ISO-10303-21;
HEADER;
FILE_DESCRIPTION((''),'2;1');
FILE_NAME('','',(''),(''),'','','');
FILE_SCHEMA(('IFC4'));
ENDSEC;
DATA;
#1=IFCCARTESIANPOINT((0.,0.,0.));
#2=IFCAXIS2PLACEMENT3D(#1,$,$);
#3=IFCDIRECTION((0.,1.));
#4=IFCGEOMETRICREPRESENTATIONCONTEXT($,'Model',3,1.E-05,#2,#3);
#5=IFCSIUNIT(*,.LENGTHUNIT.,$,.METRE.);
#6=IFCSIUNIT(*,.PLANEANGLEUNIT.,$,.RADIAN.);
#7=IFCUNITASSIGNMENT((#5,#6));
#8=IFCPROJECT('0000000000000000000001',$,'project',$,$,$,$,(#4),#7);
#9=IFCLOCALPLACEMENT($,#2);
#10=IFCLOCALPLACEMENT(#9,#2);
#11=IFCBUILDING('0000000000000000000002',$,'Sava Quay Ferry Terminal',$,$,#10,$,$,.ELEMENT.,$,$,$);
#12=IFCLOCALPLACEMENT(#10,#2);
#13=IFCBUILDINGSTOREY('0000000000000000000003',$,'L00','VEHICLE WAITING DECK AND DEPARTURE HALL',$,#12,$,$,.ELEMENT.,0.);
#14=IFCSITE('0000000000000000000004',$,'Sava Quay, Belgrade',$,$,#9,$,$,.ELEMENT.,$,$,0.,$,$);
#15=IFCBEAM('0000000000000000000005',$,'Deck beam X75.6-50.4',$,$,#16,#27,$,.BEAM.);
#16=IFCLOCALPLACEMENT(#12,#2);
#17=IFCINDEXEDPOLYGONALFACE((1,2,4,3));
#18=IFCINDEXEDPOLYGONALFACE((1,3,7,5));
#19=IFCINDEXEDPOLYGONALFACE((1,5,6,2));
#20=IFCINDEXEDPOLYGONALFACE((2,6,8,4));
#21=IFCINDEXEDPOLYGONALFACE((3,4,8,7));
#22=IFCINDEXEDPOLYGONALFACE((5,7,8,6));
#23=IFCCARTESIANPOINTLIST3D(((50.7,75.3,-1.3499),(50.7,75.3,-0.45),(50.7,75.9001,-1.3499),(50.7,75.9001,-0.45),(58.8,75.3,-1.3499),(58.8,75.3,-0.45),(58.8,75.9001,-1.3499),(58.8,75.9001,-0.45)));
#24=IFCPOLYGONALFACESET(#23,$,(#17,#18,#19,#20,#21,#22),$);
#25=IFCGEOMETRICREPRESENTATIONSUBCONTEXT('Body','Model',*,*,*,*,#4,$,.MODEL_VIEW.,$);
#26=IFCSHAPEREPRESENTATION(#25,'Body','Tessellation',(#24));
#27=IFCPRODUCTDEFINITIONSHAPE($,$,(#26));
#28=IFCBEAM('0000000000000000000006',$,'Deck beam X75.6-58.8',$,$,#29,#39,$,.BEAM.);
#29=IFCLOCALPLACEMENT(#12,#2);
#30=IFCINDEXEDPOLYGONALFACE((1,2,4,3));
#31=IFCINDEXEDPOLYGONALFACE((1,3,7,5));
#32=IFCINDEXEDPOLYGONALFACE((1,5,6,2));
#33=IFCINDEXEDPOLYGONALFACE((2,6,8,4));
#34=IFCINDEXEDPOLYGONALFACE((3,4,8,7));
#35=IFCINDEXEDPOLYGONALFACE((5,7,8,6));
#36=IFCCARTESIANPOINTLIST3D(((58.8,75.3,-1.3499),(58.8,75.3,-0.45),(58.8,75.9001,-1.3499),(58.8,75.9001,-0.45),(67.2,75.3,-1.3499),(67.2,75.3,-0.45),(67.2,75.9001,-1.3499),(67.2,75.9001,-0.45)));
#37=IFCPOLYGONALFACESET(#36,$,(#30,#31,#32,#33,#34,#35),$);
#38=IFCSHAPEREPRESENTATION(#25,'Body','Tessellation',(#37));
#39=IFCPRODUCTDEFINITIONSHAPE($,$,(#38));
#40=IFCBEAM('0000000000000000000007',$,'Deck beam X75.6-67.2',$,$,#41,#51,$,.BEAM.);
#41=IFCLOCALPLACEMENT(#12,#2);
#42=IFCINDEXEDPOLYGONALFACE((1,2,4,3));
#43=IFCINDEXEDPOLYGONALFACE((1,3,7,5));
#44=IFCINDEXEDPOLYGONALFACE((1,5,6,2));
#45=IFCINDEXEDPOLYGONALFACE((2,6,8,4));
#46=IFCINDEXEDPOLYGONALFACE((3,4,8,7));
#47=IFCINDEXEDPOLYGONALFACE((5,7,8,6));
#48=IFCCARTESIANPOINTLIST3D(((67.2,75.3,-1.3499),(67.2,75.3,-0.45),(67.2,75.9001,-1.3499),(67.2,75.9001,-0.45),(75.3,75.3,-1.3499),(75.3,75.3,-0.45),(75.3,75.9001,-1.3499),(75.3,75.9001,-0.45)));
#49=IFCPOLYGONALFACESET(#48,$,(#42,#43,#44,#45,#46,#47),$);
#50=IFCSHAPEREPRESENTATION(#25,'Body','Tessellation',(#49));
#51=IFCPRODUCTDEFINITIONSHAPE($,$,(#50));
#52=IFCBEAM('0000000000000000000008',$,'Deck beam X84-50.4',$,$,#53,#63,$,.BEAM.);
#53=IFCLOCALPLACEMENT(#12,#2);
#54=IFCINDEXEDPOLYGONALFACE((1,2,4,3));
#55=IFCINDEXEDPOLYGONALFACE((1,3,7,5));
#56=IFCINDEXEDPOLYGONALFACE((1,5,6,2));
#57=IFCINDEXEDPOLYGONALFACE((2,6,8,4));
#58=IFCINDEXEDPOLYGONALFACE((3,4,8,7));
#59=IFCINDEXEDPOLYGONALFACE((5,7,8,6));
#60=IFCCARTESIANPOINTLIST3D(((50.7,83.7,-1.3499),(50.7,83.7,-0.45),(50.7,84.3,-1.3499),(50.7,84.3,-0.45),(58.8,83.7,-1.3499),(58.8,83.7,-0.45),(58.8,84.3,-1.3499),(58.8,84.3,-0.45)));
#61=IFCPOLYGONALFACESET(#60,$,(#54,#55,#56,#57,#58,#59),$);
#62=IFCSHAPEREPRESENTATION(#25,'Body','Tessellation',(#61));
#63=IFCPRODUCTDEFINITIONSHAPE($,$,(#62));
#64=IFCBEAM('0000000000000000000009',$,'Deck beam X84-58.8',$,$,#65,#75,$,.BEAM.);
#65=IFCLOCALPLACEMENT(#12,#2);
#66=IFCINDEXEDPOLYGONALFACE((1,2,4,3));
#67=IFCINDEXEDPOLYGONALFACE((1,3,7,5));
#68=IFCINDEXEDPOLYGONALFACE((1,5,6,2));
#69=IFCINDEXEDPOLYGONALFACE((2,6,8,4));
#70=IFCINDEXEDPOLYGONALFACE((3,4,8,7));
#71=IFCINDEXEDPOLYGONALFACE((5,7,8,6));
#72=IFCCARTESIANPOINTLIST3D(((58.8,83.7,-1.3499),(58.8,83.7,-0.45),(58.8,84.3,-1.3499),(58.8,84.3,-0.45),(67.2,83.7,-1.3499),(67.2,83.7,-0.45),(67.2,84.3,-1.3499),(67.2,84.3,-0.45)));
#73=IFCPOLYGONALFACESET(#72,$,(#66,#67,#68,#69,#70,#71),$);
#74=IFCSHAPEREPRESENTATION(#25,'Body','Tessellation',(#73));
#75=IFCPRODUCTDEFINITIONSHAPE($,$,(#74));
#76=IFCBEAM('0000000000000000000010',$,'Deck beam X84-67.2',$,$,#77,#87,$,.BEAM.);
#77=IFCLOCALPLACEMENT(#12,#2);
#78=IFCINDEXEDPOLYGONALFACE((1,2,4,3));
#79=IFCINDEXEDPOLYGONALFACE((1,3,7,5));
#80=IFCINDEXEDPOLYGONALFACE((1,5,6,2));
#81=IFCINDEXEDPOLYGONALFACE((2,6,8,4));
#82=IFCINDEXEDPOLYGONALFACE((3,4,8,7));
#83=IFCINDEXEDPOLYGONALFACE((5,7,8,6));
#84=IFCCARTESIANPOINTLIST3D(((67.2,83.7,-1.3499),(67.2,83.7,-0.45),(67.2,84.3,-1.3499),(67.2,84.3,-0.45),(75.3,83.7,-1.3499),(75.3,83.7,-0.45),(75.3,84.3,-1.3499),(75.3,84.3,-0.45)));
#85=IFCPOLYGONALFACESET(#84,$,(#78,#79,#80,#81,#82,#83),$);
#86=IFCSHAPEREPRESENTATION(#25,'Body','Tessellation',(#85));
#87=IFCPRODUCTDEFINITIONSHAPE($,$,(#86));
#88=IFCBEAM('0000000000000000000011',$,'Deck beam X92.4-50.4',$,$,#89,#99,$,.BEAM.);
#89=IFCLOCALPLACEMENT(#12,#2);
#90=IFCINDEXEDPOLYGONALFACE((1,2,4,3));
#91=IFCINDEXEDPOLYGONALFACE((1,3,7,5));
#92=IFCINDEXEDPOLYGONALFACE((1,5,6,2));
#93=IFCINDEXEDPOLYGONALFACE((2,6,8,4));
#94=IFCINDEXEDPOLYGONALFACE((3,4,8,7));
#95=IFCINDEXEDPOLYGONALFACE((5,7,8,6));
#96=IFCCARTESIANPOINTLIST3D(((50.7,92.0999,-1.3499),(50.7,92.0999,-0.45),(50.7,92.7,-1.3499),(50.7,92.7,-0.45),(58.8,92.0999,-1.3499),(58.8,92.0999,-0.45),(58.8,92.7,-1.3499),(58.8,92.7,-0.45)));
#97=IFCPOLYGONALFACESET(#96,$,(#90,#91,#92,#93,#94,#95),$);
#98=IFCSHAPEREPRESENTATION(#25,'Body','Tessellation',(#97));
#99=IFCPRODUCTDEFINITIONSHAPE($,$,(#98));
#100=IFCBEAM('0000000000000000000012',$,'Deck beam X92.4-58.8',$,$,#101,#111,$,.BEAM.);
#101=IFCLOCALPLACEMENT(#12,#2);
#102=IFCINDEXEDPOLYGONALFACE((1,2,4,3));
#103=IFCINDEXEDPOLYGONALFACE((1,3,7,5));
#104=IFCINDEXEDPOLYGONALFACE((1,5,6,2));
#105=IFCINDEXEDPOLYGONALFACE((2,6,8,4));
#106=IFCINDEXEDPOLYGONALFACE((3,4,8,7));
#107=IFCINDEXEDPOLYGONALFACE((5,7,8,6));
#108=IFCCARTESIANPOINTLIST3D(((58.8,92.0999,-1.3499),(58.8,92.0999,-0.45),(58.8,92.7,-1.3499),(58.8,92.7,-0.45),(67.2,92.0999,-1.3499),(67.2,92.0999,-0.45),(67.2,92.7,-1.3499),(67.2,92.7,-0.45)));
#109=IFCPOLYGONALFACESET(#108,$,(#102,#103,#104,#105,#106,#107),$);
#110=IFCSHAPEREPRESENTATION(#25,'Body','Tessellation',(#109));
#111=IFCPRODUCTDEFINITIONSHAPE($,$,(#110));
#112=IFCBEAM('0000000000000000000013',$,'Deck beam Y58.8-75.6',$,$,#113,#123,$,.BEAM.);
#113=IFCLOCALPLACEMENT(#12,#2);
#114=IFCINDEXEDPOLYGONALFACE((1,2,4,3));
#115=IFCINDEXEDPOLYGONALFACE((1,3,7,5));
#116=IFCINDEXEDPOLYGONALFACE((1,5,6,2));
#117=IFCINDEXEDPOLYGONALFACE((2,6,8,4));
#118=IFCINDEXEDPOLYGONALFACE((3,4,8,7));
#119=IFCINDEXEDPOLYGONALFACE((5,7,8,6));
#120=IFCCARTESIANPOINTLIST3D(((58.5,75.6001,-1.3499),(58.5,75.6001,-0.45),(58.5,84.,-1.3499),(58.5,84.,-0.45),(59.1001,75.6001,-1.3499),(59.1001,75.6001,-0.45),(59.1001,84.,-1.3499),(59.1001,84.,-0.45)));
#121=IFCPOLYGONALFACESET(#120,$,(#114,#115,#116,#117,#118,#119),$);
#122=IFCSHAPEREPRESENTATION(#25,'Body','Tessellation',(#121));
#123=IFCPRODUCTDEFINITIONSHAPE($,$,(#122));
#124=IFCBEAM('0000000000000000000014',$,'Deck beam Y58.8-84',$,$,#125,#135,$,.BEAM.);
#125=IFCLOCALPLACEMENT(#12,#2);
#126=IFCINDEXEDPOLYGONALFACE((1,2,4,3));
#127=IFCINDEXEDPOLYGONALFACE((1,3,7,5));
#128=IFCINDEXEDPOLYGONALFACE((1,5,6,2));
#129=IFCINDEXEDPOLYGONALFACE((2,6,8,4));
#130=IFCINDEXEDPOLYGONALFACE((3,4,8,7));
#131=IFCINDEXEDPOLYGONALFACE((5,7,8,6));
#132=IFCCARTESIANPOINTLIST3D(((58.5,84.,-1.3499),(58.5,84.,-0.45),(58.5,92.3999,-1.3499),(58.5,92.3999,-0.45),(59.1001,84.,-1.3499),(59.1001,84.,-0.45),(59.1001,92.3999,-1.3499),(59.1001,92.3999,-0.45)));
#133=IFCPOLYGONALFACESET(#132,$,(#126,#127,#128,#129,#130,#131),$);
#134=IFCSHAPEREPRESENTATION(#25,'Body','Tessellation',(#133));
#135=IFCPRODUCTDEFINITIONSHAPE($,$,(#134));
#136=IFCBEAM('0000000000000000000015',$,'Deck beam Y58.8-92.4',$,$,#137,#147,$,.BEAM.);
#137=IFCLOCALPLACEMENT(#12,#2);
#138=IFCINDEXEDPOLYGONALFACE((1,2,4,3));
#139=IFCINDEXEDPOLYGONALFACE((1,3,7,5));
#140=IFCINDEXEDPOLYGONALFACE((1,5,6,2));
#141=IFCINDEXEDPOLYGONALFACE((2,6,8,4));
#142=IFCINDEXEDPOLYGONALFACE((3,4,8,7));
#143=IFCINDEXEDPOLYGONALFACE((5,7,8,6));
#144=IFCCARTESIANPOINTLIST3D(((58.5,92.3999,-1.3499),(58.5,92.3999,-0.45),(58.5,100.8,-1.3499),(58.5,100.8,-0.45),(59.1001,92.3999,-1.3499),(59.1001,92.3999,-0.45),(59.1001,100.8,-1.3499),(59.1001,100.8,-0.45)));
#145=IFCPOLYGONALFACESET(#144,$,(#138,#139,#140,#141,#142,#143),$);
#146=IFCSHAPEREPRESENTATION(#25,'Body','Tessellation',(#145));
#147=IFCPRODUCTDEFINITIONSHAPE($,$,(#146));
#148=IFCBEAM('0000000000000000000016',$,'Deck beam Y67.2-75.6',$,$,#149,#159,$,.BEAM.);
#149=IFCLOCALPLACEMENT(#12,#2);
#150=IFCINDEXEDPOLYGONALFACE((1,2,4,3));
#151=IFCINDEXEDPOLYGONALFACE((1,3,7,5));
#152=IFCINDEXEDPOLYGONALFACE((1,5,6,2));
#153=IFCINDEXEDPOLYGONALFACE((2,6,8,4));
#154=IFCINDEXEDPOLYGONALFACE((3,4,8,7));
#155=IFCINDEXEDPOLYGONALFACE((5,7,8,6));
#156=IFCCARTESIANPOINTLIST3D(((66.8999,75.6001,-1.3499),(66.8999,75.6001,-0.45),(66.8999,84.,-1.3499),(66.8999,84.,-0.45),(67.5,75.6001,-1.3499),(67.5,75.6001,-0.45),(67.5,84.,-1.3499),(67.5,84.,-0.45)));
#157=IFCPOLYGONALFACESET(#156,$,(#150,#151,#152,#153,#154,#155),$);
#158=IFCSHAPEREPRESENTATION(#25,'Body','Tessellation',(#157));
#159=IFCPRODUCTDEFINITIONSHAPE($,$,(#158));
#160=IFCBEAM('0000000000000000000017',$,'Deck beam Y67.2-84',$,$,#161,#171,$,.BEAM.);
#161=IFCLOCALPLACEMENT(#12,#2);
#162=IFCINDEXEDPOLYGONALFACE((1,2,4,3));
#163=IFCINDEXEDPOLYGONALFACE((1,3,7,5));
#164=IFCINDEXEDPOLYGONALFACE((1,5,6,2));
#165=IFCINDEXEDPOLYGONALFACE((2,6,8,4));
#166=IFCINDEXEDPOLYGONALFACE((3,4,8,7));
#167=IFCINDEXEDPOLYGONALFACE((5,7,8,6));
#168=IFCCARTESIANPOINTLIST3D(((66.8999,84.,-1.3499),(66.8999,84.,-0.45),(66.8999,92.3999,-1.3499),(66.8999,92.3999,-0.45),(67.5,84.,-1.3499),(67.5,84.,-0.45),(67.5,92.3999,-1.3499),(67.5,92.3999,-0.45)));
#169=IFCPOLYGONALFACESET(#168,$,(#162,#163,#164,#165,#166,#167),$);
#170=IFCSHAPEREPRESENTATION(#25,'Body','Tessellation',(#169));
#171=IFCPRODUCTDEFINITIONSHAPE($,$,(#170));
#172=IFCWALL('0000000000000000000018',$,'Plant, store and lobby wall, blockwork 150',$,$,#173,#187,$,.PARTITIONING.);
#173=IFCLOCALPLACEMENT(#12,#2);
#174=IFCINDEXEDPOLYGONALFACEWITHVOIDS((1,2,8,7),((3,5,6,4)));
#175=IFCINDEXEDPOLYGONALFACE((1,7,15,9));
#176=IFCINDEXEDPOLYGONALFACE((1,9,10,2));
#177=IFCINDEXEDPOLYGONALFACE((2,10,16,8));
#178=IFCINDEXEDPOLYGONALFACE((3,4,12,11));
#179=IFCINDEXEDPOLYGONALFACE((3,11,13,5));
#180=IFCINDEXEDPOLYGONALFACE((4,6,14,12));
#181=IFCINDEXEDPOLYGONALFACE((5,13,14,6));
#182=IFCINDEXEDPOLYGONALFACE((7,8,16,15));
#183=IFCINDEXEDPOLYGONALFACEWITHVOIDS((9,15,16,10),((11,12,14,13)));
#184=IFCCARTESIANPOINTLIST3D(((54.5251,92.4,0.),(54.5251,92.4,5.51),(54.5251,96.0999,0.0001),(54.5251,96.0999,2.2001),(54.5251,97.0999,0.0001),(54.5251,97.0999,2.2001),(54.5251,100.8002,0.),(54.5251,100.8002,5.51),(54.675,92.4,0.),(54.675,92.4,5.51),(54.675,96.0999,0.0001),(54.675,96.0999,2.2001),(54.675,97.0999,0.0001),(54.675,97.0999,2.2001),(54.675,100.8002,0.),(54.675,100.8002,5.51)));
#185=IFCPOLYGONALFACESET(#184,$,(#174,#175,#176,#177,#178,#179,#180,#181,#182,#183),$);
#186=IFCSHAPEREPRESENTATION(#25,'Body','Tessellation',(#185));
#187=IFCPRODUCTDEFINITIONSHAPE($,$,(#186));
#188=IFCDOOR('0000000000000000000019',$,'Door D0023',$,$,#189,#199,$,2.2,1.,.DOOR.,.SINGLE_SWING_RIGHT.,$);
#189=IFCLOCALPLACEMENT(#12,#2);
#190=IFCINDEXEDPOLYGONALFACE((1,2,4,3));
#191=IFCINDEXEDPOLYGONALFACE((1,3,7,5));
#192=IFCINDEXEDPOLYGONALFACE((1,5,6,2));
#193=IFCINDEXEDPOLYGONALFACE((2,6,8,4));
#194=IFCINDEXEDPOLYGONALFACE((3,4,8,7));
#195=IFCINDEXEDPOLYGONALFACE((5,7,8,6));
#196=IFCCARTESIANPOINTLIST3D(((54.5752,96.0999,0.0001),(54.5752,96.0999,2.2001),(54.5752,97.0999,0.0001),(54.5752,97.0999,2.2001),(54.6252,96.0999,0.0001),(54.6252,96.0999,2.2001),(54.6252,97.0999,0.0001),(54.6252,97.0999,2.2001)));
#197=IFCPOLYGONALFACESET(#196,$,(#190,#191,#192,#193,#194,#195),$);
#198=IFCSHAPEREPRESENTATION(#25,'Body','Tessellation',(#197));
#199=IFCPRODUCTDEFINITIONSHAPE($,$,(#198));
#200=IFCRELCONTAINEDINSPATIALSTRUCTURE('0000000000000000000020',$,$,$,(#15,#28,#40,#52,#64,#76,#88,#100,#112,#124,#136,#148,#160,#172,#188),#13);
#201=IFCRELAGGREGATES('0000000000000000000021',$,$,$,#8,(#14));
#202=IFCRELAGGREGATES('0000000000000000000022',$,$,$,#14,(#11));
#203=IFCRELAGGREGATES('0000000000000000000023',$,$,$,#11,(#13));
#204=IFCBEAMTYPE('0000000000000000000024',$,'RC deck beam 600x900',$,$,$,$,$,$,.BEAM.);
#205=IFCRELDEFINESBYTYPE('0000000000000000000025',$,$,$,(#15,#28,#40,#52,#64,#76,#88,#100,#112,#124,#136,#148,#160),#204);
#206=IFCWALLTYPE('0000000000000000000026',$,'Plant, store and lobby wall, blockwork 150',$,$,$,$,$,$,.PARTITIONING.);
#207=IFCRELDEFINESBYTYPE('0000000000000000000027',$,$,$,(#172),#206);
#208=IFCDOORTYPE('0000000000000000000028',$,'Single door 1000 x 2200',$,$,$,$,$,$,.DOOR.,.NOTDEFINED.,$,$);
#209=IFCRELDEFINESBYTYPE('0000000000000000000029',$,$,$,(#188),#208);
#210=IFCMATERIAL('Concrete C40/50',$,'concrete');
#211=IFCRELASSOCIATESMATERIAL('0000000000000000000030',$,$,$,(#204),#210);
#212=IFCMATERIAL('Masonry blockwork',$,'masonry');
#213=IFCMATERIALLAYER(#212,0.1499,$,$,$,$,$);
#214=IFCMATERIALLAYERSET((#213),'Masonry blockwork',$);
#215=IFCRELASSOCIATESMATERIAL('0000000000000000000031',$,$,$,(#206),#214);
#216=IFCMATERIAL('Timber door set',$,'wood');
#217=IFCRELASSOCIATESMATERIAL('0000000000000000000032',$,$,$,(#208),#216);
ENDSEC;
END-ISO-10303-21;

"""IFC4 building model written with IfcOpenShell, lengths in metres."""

from ifc_helpers import new_model, si_unit, direction, frame, frame_2d, origin, origin_2d, place, context, subcontext, project, spatial, rectangle, extrude, material, layer, layer_set, material_profile, profile_set, type_object, element, fill, save


model = new_model("IFC4")

# Units and contexts
model_context = context("Model", 3, precision=1e-05, world=origin(), true_north=direction((0.0, 1.0)))
body_context = subcontext(model_context, "Body", "Model", "MODEL_VIEW")
ifc_project = project(units=[si_unit("LENGTHUNIT", "METRE"), si_unit("PLANEANGLEUNIT", "RADIAN")], contexts=[model_context])

# Site, building, storey
site_placement = place(None, origin())
site = spatial("IfcSite", under=ifc_project, at=site_placement, Name="Sava Quay, Belgrade", CompositionType="ELEMENT", RefElevation=0.0)
building_placement = place(site_placement, origin())
building = spatial("IfcBuilding", under=site, at=building_placement, Name="Sava Quay Ferry Terminal", CompositionType="ELEMENT")
storey_placement = place(building_placement, origin())
storey = spatial("IfcBuildingStorey", under=building, at=storey_placement, Name="L00", Description="VEHICLE WAITING DECK AND DEPARTURE HALL", CompositionType="ELEMENT", Elevation=0.0)

# Beams
ifc_material_1 = material(Name="Concrete C40/50", Category="concrete")
ifc_material_profile_1 = material_profile(ifc_material_1, rectangle(XDim=0.6001, YDim=0.8999, at=origin_2d()), Name="RC 600x900")
ifc_profile_set_1 = profile_set([ifc_material_profile_1], Name="Concrete C40/50")
beam_type = type_object("IfcBeamType", Name="RC deck beam 600x900", PredefinedType="BEAM", material=ifc_profile_set_1)
beam_1_placement = place(storey_placement, frame((50.7, 75.6001, -0.8999), z_axis=(1.0, 0.0, 0.0), x_axis=(0.0, 1.0, 0.0)))
element("IfcBeam", 1, at=beam_1_placement, inside=storey, type_object=beam_type, Name="Deck beam X75.6-50.4", PredefinedType="BEAM", context=body_context, shape_type="SweptSolid", body=[
    extrude(rectangle(XDim=0.6001, YDim=0.8999, at=origin_2d()), origin(), (0.0, 0.0, 1.0), 8.1001),
])
beam_2_placement = place(storey_placement, frame((58.8, 75.6001, -0.8999), z_axis=(1.0, 0.0, 0.0), x_axis=(0.0, 1.0, 0.0)))
element("IfcBeam", 2, at=beam_2_placement, inside=storey, type_object=beam_type, Name="Deck beam X75.6-58.8", PredefinedType="BEAM", context=body_context, shape_type="SweptSolid", body=[
    extrude(rectangle(XDim=0.6001, YDim=0.8999, at=origin_2d()), origin(), (0.0, 0.0, 1.0), 8.3999),
])
for number, where, z_axis, x_axis, name in (
    (3, (67.2, 75.6001, -0.8999), (1.0, 0.0, 0.0), (0.0, 1.0, 0.0), "Deck beam X75.6-67.2"),
    (4, (50.7, 84.0, -0.8999), (1.0, 0.0, 0.0), (0.0, 1.0, 0.0), "Deck beam X84-50.4"),
):
    element("IfcBeam", number, at=place(storey_placement, frame(where, z_axis=z_axis, x_axis=x_axis)), inside=storey, type_object=beam_type, Name=name, PredefinedType="BEAM", context=body_context, shape_type="SweptSolid", body=[
        extrude(rectangle(XDim=0.6001, YDim=0.8999, at=origin_2d()), origin(), (0.0, 0.0, 1.0), 8.1001),
    ])
beam_3_placement = place(storey_placement, frame((58.8, 84.0, -0.8999), z_axis=(1.0, 0.0, 0.0), x_axis=(0.0, 1.0, 0.0)))
element("IfcBeam", 5, at=beam_3_placement, inside=storey, type_object=beam_type, Name="Deck beam X84-58.8", PredefinedType="BEAM", context=body_context, shape_type="SweptSolid", body=[
    extrude(rectangle(XDim=0.6001, YDim=0.8999, at=origin_2d()), origin(), (0.0, 0.0, 1.0), 8.3999),
])
for number, where, z_axis, x_axis, name in (
    (6, (67.2, 84.0, -0.8999), (1.0, 0.0, 0.0), (0.0, 1.0, 0.0), "Deck beam X84-67.2"),
    (7, (50.7, 92.3999, -0.8999), (1.0, 0.0, 0.0), (0.0, 1.0, 0.0), "Deck beam X92.4-50.4"),
):
    element("IfcBeam", number, at=place(storey_placement, frame(where, z_axis=z_axis, x_axis=x_axis)), inside=storey, type_object=beam_type, Name=name, PredefinedType="BEAM", context=body_context, shape_type="SweptSolid", body=[
        extrude(rectangle(XDim=0.6001, YDim=0.8999, at=origin_2d()), origin(), (0.0, 0.0, 1.0), 8.1001),
    ])
for number, where, z_axis, x_axis, name in (
    (8, (58.8, 92.3999, -0.8999), (1.0, 0.0, 0.0), (0.0, 1.0, 0.0), "Deck beam X92.4-58.8"),
    (9, (58.8, 75.6001, -0.8999), (0.0, 1.0, 0.0), (-1.0, 0.0, 0.0), "Deck beam Y58.8-75.6"),
    (10, (58.8, 84.0, -0.8999), (0.0, 1.0, 0.0), (-1.0, 0.0, 0.0), "Deck beam Y58.8-84"),
):
    element("IfcBeam", number, at=place(storey_placement, frame(where, z_axis=z_axis, x_axis=x_axis)), inside=storey, type_object=beam_type, Name=name, PredefinedType="BEAM", context=body_context, shape_type="SweptSolid", body=[
        extrude(rectangle(XDim=0.6001, YDim=0.8999, at=origin_2d()), origin(), (0.0, 0.0, 1.0), 8.3999),
    ])
beam_4_placement = place(storey_placement, frame((58.8, 92.3999, -0.8999), z_axis=(0.0, 1.0, 0.0), x_axis=(-1.0, 0.0, 0.0)))
element("IfcBeam", 11, at=beam_4_placement, inside=storey, type_object=beam_type, Name="Deck beam Y58.8-92.4", PredefinedType="BEAM", context=body_context, shape_type="SweptSolid", body=[
    extrude(rectangle(XDim=0.6001, YDim=0.8999, at=origin_2d()), origin(), (0.0, 0.0, 1.0), 8.4001),
])
for number, where, z_axis, x_axis, name in (
    (12, (67.2, 75.6001, -0.8999), (0.0, 1.0, 0.0), (-1.0, 0.0, 0.0), "Deck beam Y67.2-75.6"),
    (13, (67.2, 84.0, -0.8999), (0.0, 1.0, 0.0), (-1.0, 0.0, 0.0), "Deck beam Y67.2-84"),
):
    element("IfcBeam", number, at=place(storey_placement, frame(where, z_axis=z_axis, x_axis=x_axis)), inside=storey, type_object=beam_type, Name=name, PredefinedType="BEAM", context=body_context, shape_type="SweptSolid", body=[
        extrude(rectangle(XDim=0.6001, YDim=0.8999, at=origin_2d()), origin(), (0.0, 0.0, 1.0), 8.3999),
    ])

# Wall, opening, door
ifc_material_2 = material(Name="Masonry blockwork", Category="masonry")
ifc_layer_1 = layer(ifc_material_2, 0.1499)
ifc_layer_set_1 = layer_set([ifc_layer_1], Name="Masonry blockwork")
wall_type_1 = type_object("IfcWallType", Name="Plant, store and lobby wall, blockwork 150", PredefinedType="PARTITIONING", material=ifc_layer_set_1)
wall_1_placement = place(storey_placement, frame((54.6001, 92.3999, 0.0), z_axis=(0.0, 0.0, 1.0), x_axis=(0.0, 1.0, 0.0)))
wall_1 = element("IfcWall", 14, at=wall_1_placement, inside=storey, type_object=wall_type_1, Name="Plant, store and lobby wall, blockwork 150", PredefinedType="PARTITIONING", context=body_context, shape_type="SweptSolid", body=[
    extrude(rectangle(XDim=8.4001, YDim=0.1499, at=frame_2d((4.2002, 0.0))), origin(), (0.0, 0.0, 1.0), 5.51),
])
opening_placement = place(wall_1_placement, frame((3.7, 0.0, 0.0)))
opening = element("IfcOpeningElement", 15, at=opening_placement, cuts=wall_1, PredefinedType="OPENING", context=body_context, shape_type="SweptSolid", body=[
    extrude(rectangle(XDim=1.0, YDim=2.2, at=frame_2d((0.5, 1.1001))), frame((0.0, 0.075, 0.0), z_axis=(0.0, -1.0, 0.0), x_axis=(1.0, 0.0, 0.0)), (0.0, 0.0, 1.0), 0.1499),
])
ifc_material_3 = material(Name="Timber door set", Category="wood")
door_type = type_object("IfcDoorType", Name="Single door 1000 x 2200", OperationType="NOTDEFINED", PredefinedType="DOOR", material=ifc_material_3)
door_placement = place(opening_placement, origin())
door = element("IfcDoor", 16, at=door_placement, inside=storey, type_object=door_type, Name="Door D0023", OperationType="SINGLE_SWING_RIGHT", OverallHeight=2.2, OverallWidth=1.0, PredefinedType="DOOR", context=body_context, shape_type="SweptSolid", body=[
    extrude(rectangle(XDim=1.0, YDim=2.2, at=frame_2d((0.5, 1.1001))), frame((0.0, 0.0249, 0.0), z_axis=(0.0, -1.0, 0.0), x_axis=(1.0, 0.0, 0.0)), (0.0, 0.0, 1.0), 0.05),
])
fill(opening, door)

save(model, "model.ifc")
